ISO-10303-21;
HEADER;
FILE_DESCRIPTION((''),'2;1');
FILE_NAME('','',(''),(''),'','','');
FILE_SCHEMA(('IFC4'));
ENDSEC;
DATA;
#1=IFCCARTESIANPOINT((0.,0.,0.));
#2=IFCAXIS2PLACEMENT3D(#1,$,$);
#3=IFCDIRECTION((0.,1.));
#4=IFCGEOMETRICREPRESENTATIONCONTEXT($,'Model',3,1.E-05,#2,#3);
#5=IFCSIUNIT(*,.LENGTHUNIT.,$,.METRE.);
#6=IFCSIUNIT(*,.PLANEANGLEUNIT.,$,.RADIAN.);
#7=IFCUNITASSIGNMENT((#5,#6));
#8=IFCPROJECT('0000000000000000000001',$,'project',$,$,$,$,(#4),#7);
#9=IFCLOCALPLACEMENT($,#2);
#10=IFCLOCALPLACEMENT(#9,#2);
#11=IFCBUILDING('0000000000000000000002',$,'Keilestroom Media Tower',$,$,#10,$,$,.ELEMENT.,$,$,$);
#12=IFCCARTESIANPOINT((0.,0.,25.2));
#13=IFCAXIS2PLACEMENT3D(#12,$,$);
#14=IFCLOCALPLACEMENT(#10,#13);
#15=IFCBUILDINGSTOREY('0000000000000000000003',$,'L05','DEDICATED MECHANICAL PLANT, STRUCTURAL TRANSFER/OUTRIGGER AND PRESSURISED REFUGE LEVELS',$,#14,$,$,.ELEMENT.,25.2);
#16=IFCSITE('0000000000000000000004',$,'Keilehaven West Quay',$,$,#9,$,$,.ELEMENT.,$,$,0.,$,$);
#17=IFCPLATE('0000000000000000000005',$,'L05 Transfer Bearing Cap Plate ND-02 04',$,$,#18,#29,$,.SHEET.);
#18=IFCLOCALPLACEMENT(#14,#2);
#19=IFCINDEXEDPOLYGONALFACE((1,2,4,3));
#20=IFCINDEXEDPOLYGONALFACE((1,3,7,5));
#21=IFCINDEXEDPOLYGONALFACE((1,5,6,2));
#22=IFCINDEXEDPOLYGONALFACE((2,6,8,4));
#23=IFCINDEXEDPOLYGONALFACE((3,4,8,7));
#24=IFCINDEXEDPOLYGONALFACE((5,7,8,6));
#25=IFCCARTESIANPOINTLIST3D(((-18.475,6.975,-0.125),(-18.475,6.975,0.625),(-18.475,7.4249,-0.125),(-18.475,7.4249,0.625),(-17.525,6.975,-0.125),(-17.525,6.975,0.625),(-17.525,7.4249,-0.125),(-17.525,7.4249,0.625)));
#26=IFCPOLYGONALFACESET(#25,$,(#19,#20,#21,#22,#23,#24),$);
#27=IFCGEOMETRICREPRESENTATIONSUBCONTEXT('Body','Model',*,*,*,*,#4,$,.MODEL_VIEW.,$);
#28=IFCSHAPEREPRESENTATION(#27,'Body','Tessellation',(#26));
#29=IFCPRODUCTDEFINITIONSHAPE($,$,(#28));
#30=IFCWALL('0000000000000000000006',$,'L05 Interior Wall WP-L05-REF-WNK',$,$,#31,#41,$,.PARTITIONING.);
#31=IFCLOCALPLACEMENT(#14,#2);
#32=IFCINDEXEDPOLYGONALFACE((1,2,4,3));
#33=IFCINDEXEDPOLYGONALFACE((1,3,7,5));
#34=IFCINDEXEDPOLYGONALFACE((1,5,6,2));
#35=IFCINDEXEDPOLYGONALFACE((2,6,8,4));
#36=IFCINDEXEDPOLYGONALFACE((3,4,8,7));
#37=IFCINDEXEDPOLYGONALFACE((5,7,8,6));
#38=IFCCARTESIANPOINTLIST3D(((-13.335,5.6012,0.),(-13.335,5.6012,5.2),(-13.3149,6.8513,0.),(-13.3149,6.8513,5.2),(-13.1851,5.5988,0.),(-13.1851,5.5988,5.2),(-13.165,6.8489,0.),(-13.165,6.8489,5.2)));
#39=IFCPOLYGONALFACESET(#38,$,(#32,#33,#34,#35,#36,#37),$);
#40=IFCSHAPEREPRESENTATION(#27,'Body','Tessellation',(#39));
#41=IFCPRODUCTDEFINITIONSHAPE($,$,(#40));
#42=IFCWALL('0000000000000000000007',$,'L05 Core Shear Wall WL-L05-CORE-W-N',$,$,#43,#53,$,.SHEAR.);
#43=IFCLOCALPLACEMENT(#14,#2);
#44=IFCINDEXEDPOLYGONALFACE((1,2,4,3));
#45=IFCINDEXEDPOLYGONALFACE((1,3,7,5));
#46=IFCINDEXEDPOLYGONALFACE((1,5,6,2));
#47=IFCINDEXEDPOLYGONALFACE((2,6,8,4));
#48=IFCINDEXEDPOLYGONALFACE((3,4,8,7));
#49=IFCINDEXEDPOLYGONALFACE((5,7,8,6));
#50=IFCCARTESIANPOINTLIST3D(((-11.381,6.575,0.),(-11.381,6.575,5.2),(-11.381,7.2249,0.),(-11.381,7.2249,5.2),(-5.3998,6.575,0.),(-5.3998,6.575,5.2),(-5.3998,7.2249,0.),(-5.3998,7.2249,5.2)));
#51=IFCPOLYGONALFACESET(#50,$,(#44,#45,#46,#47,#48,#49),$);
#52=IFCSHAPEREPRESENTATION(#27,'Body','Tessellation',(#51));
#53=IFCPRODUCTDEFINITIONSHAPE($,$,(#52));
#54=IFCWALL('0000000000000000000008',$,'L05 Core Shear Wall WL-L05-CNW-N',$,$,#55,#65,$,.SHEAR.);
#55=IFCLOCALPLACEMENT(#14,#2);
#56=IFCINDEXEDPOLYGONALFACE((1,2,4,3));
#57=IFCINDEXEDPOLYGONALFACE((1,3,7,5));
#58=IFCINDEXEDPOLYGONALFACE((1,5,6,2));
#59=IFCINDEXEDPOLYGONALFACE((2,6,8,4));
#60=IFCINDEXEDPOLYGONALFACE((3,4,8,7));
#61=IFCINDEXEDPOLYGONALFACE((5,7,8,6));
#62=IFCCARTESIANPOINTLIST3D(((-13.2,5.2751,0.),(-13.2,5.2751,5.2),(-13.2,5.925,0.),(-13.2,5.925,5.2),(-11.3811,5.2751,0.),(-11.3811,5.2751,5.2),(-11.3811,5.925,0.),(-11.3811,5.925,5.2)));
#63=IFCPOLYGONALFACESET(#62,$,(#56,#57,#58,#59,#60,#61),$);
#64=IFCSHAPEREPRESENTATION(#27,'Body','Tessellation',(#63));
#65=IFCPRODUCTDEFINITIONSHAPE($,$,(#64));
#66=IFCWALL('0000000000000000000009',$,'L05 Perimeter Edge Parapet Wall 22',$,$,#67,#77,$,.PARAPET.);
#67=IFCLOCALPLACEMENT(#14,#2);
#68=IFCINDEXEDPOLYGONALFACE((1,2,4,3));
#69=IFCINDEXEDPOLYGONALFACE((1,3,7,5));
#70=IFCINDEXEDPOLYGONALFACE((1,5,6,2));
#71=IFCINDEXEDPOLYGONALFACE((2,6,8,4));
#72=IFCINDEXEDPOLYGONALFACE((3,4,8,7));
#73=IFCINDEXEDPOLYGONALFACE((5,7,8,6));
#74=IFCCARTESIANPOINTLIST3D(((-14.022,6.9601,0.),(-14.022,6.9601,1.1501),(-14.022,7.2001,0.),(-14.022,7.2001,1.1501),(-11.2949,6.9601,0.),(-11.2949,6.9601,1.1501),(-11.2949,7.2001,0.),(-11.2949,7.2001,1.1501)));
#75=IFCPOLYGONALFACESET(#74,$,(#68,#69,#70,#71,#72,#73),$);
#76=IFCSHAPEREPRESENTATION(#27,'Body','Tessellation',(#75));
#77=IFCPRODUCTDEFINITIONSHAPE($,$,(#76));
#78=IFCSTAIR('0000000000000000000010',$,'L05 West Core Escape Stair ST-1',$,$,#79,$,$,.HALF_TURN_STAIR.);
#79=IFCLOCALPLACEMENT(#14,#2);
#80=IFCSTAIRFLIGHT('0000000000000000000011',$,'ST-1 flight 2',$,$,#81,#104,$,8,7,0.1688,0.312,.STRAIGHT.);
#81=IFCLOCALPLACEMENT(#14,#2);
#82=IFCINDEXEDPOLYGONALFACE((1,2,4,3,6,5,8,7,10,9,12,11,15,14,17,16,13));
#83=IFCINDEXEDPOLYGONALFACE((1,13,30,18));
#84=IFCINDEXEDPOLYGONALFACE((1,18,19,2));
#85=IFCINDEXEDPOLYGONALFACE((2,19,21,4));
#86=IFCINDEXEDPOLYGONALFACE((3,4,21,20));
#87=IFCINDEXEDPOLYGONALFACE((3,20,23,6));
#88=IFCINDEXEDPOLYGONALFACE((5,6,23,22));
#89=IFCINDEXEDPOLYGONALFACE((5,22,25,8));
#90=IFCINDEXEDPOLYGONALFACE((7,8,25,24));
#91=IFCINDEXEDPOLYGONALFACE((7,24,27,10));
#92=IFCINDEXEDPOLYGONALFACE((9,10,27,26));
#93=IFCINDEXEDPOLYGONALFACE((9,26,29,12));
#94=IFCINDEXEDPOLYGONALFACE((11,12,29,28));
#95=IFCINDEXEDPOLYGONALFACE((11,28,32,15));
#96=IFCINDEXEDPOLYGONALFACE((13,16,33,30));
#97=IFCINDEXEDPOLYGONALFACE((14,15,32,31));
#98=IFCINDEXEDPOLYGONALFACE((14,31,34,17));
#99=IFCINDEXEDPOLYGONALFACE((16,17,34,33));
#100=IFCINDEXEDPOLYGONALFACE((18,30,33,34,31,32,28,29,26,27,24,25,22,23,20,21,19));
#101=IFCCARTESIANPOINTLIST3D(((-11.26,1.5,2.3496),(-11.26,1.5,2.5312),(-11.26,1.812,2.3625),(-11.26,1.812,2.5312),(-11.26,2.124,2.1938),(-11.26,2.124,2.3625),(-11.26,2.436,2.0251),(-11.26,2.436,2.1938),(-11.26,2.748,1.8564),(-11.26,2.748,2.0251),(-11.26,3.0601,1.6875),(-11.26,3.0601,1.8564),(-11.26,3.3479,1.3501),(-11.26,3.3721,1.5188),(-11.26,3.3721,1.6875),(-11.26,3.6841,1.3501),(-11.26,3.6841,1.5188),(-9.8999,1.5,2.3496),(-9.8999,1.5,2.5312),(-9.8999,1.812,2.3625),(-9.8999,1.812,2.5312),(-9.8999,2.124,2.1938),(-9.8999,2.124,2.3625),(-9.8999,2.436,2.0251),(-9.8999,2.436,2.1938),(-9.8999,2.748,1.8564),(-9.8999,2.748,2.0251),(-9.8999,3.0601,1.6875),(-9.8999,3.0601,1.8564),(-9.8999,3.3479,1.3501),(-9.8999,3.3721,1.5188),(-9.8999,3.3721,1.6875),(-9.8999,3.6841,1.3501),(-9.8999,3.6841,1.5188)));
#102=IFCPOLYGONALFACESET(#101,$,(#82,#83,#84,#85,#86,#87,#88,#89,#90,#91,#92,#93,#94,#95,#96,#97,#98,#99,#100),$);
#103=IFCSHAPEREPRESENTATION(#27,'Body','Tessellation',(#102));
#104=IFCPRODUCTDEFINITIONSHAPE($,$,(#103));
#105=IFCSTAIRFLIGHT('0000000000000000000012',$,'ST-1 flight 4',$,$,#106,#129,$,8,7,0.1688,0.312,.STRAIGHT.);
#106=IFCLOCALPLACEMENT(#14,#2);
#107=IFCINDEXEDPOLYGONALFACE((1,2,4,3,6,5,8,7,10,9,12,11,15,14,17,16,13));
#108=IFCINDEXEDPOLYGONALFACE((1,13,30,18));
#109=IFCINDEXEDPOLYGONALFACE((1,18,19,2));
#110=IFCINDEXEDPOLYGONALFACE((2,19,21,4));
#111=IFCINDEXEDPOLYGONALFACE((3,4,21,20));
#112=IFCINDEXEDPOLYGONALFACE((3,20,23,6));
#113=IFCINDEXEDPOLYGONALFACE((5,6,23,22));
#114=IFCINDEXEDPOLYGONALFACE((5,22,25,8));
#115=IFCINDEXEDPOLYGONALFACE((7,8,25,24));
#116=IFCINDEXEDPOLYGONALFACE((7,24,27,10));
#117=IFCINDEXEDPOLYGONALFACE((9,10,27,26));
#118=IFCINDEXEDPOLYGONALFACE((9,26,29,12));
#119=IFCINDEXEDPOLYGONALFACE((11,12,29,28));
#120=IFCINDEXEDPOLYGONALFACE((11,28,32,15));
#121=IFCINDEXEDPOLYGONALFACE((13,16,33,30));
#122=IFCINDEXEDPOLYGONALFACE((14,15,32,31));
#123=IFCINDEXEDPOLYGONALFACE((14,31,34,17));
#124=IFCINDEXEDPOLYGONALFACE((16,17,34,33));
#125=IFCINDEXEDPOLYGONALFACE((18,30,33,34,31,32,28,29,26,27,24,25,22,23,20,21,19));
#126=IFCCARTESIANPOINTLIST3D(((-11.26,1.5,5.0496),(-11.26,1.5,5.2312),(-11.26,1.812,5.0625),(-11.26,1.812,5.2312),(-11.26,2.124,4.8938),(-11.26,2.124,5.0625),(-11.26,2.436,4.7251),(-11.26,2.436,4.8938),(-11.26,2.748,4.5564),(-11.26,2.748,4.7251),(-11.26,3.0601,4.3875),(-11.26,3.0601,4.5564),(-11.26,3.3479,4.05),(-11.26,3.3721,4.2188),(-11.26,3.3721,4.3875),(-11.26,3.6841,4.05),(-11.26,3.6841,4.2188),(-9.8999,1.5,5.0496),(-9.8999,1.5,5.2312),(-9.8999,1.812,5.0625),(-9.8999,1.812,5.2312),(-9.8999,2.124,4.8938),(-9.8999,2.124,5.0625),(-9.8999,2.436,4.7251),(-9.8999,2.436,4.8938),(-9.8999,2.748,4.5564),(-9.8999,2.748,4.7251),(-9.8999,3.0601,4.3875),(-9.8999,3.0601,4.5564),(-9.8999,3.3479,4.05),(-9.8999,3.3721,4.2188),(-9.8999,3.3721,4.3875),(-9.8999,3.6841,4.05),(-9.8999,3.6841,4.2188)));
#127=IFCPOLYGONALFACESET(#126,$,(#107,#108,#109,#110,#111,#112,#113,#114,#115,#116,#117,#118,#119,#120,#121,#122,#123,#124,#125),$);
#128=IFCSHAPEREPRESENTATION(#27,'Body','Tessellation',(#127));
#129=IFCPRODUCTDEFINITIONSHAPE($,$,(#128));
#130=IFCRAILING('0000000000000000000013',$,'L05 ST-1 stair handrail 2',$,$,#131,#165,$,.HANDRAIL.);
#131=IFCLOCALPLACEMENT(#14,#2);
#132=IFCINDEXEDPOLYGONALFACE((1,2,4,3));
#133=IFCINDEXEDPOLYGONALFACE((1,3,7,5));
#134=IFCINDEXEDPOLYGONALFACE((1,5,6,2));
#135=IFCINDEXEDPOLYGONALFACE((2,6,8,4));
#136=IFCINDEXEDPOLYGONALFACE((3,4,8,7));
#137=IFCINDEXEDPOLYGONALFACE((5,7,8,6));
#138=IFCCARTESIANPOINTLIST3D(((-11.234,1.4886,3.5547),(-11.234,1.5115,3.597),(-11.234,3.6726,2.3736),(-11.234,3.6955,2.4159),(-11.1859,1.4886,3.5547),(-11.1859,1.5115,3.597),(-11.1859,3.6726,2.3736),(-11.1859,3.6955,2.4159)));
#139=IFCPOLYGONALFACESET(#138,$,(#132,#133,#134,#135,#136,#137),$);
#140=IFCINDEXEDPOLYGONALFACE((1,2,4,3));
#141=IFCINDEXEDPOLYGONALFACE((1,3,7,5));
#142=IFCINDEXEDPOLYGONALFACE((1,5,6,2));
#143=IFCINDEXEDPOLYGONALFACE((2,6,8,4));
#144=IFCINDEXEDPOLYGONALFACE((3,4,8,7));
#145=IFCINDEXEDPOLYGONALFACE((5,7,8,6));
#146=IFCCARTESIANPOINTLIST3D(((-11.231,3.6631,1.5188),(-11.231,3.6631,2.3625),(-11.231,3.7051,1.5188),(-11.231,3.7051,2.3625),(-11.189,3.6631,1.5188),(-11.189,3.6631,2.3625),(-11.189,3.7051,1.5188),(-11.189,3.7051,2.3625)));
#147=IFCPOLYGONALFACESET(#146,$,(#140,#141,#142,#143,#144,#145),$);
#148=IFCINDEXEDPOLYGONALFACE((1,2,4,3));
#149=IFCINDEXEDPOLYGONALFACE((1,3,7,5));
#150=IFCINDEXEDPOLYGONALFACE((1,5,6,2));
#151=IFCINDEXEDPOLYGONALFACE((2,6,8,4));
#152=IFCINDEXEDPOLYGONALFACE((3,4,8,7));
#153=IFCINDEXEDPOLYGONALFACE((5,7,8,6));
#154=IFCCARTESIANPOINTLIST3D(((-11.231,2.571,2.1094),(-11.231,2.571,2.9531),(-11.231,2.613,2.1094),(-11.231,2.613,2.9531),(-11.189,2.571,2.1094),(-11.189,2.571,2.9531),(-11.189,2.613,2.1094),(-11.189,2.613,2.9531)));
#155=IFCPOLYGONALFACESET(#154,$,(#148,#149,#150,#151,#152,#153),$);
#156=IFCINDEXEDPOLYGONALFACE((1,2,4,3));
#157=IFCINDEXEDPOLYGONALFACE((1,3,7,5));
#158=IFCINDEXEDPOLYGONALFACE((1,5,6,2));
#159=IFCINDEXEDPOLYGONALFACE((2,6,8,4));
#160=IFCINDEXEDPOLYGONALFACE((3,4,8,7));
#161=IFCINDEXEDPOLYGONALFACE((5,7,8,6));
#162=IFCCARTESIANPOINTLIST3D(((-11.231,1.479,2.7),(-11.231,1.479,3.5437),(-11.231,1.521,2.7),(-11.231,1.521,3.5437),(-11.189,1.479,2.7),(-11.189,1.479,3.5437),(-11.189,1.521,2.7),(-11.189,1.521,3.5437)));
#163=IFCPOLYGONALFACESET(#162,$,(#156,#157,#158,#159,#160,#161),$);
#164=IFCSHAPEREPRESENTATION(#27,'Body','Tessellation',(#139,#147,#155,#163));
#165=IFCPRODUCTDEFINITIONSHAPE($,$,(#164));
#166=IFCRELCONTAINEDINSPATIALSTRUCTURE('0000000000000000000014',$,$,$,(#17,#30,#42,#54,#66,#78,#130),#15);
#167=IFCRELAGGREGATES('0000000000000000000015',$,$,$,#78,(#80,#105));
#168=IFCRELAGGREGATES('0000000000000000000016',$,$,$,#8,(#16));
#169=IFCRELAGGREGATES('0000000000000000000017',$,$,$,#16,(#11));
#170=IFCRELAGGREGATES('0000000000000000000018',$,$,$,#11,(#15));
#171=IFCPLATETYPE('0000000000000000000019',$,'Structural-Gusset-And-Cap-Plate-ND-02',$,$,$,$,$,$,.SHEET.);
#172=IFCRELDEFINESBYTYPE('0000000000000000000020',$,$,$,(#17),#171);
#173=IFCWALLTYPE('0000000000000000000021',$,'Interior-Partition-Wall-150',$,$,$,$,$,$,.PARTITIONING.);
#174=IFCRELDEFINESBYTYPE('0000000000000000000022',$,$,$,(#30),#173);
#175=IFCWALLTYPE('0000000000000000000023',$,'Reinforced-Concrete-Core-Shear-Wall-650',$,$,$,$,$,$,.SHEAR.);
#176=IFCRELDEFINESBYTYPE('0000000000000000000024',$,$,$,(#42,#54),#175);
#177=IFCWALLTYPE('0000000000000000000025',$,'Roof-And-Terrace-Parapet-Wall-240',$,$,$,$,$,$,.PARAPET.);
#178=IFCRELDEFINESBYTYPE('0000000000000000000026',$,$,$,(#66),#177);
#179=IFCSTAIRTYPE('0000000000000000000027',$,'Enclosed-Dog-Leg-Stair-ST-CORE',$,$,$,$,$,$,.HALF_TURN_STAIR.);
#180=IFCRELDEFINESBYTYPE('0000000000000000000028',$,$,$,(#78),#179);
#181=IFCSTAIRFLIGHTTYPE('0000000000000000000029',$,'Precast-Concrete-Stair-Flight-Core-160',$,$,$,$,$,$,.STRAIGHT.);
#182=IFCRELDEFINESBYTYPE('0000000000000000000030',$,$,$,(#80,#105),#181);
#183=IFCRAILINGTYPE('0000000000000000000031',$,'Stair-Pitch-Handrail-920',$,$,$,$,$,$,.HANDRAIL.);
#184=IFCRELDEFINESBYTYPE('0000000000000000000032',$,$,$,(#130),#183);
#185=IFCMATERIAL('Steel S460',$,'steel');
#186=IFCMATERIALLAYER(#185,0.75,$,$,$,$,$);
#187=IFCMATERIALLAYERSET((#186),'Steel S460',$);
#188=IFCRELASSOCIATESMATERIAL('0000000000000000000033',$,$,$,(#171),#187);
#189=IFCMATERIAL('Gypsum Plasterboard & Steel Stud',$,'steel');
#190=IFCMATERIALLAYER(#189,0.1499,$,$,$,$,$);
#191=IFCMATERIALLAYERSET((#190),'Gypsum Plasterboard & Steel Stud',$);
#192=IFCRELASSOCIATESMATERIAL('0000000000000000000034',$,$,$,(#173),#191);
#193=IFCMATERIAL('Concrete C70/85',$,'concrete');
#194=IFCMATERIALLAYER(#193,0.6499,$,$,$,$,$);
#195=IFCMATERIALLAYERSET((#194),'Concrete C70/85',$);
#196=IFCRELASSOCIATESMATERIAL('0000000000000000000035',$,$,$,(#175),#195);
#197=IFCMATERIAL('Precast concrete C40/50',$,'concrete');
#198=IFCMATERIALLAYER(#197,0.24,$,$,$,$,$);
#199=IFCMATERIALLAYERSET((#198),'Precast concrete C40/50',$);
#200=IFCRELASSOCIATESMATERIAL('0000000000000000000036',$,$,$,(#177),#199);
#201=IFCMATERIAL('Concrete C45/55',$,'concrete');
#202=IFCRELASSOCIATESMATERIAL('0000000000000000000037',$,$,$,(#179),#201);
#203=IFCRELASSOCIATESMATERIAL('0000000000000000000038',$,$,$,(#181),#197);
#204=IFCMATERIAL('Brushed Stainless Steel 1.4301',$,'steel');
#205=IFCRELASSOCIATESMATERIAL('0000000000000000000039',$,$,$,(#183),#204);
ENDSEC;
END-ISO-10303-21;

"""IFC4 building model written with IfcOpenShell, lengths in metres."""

from ifc_helpers import new_model, si_unit, direction, frame, frame_2d, origin, origin_2d, place, context, subcontext, project, spatial, polyline, rectangle, outline, extrude, source, transform, mapped, material, layer, layer_set, type_object, element, aggregate, save


model = new_model("IFC4")

# Units and contexts
model_context = context("Model", 3, precision=1e-05, world=origin(), true_north=direction((0.0, 1.0)))
body_context = subcontext(model_context, "Body", "Model", "MODEL_VIEW")
ifc_project = project(units=[si_unit("LENGTHUNIT", "METRE"), si_unit("PLANEANGLEUNIT", "RADIAN")], contexts=[model_context])

# Site, building, storey
site_placement = place(None, origin())
site = spatial("IfcSite", under=ifc_project, at=site_placement, Name="Keilehaven West Quay", CompositionType="ELEMENT", RefElevation=0.0)
building_placement = place(site_placement, origin())
building = spatial("IfcBuilding", under=site, at=building_placement, Name="Keilestroom Media Tower", CompositionType="ELEMENT")
storey_placement = place(building_placement, frame((0.0, 0.0, 25.2)))
storey = spatial("IfcBuildingStorey", under=building, at=storey_placement, Name="L05", Description="DEDICATED MECHANICAL PLANT, STRUCTURAL TRANSFER/OUTRIGGER AND PRESSURISED REFUGE LEVELS", CompositionType="ELEMENT", Elevation=25.2)

# Shared definitions
ifc_material_1 = material(Name="Precast concrete C40/50", Category="concrete")
ifc_material_2 = material(Name="Concrete C70/85", Category="concrete")

# Shared definitions
ifc_material_3 = material(Name="Steel S460", Category="steel")

# Plate
ifc_layer_1 = layer(ifc_material_3, 0.75)
ifc_layer_set_1 = layer_set([ifc_layer_1], Name="Steel S460")
plate_type_1 = type_object("IfcPlateType", Name="Structural-Gusset-And-Cap-Plate-ND-02", PredefinedType="SHEET", material=ifc_layer_set_1)
shared_shape_1 = source(origin(), body_context, "Body", "SweptSolid", [
    extrude(rectangle(XDim=0.95, YDim=0.45, at=origin_2d()), origin(), (0.0, 0.0, 1.0), 0.75),
])
for number, where, z_axis, x_axis, name in (
    (1, (-18.0, 7.2, -0.125), (0.0, 0.0, 1.0), (1.0, 0.0, 0.0), "L05 Transfer Bearing Cap Plate ND-02 04"),
):
    element("IfcPlate", number, at=place(storey_placement, frame(where, z_axis=z_axis, x_axis=x_axis)), inside=storey, type_object=plate_type_1, Name=name, PredefinedType="SHEET", context=body_context, shape_type="MappedRepresentation", body=[
        mapped(shared_shape_1, transform((0.0, 0.0, 0.0), x_axis=(1.0, 0.0, 0.0), y_axis=(0.0, 1.0, 0.0), z_axis=(0.0, 0.0, 1.0), scale=1.0)),
    ])

# Walls
ifc_material_4 = material(Name="Gypsum Plasterboard & Steel Stud", Category="steel")
ifc_layer_2 = layer(ifc_material_4, 0.1499)
ifc_layer_set_2 = layer_set([ifc_layer_2], Name="Gypsum Plasterboard & Steel Stud")
wall_type_1 = type_object("IfcWallType", Name="Interior-Partition-Wall-150", PredefinedType="PARTITIONING", material=ifc_layer_set_2)
wall_1_placement = place(storey_placement, frame((-13.26, 5.6001, 0.0), z_axis=(0.0, 0.0, 1.0), x_axis=(0.016014, 0.999872, 0.0)))
element("IfcWall", 2, at=wall_1_placement, inside=storey, type_object=wall_type_1, Name="L05 Interior Wall WP-L05-REF-WNK", PredefinedType="PARTITIONING", context=body_context, shape_type="SweptSolid", body=[
    extrude(rectangle(XDim=1.2502, YDim=0.1499, at=frame_2d((0.625, 0.0))), origin(), (0.0, 0.0, 1.0), 5.2),
])
ifc_layer_3 = layer(ifc_material_2, 0.6499)
ifc_layer_set_3 = layer_set([ifc_layer_3], Name="Concrete C70/85")
wall_type_2 = type_object("IfcWallType", Name="Reinforced-Concrete-Core-Shear-Wall-650", PredefinedType="SHEAR", material=ifc_layer_set_3)
wall_2_placement = place(storey_placement, frame((-11.3811, 6.8999, 0.0), z_axis=(0.0, 0.0, 1.0), x_axis=(1.0, 0.0, 0.0)))
element("IfcWall", 3, at=wall_2_placement, inside=storey, type_object=wall_type_2, Name="L05 Core Shear Wall WL-L05-CORE-W-N", PredefinedType="SHEAR", context=body_context, shape_type="SweptSolid", body=[
    extrude(rectangle(XDim=5.9812, YDim=0.6499, at=frame_2d((2.9907, 0.0))), origin(), (0.0, 0.0, 1.0), 5.2),
])
wall_3_placement = place(storey_placement, frame((-13.2, 5.6001, 0.0), z_axis=(0.0, 0.0, 1.0), x_axis=(1.0, 0.0, 0.0)))
element("IfcWall", 4, at=wall_3_placement, inside=storey, type_object=wall_type_2, Name="L05 Core Shear Wall WL-L05-CNW-N", PredefinedType="SHEAR", context=body_context, shape_type="SweptSolid", body=[
    extrude(rectangle(XDim=1.8188, YDim=0.6499, at=frame_2d((0.9094, 0.0))), origin(), (0.0, 0.0, 1.0), 5.2),
])
ifc_layer_4 = layer(ifc_material_1, 0.24)
ifc_layer_set_4 = layer_set([ifc_layer_4], Name="Precast concrete C40/50")
wall_type_3 = type_object("IfcWallType", Name="Roof-And-Terrace-Parapet-Wall-240", PredefinedType="PARAPET", material=ifc_layer_set_4)
wall_4_placement = place(storey_placement, frame((-14.022, 7.0801, 0.0), z_axis=(0.0, 0.0, 1.0), x_axis=(1.0, 0.0, 0.0)))
element("IfcWall", 5, at=wall_4_placement, inside=storey, type_object=wall_type_3, Name="L05 Perimeter Edge Parapet Wall 22", PredefinedType="PARAPET", context=body_context, shape_type="SweptSolid", body=[
    extrude(rectangle(XDim=2.7271, YDim=0.24, at=frame_2d((1.3635, 0.0))), origin(), (0.0, 0.0, 1.0), 1.1501),
])

# Stair, stair flights
ifc_material_5 = material(Name="Concrete C45/55", Category="concrete")
stair_type = type_object("IfcStairType", Name="Enclosed-Dog-Leg-Stair-ST-CORE", PredefinedType="HALF_TURN_STAIR", material=ifc_material_5)
stair_placement = place(storey_placement, origin())
stair = element("IfcStair", 6, at=stair_placement, inside=storey, type_object=stair_type, Name="L05 West Core Escape Stair ST-1", PredefinedType="HALF_TURN_STAIR")
stair_flight_type = type_object("IfcStairFlightType", Name="Precast-Concrete-Stair-Flight-Core-160", PredefinedType="STRAIGHT", material=ifc_material_1)
stair_flight_1_placement = place(storey_placement, frame((-10.5801, 3.6841, 1.3501), z_axis=(0.0, 0.0, 1.0), x_axis=(0.0, -1.0, 0.0)))
stair_flight_1 = element("IfcStairFlight", 7, at=stair_flight_1_placement, type_object=stair_flight_type, Name="ST-1 flight 2", NumberOfRisers=8, NumberOfTreads=7, PredefinedType="STRAIGHT", RiserHeight=0.1688, TreadLength=0.312, context=body_context, shape_type="SweptSolid", body=[
    extrude(outline(polyline([(0.0, 0.0), (0.0, 0.1687), (0.312, 0.1687), (0.312, 0.3374), (0.624, 0.3374), (0.624, 0.5063), (0.936, 0.5063), (0.936, 0.675), (1.248, 0.675), (1.248, 0.8438), (1.5601, 0.8438), (1.5601, 1.0125), (1.8721, 1.0125), (1.8721, 1.1812), (2.1841, 1.1812), (2.1841, 1.3501), (2.1841, 0.9995), (0.3362, 0.0), (0.0, 0.0)])), frame((0.0, 0.6802, 0.0), z_axis=(0.0, -1.0, 0.0), x_axis=(1.0, 0.0, 0.0)), (0.0, 0.0, 1.0), 1.3601),
])
stair_flight_2_placement = place(storey_placement, frame((-10.5801, 3.6841, 4.05), z_axis=(0.0, 0.0, 1.0), x_axis=(0.0, -1.0, 0.0)))
stair_flight_2 = element("IfcStairFlight", 8, at=stair_flight_2_placement, type_object=stair_flight_type, Name="ST-1 flight 4", NumberOfRisers=8, NumberOfTreads=7, PredefinedType="STRAIGHT", RiserHeight=0.1688, TreadLength=0.312, context=body_context, shape_type="SweptSolid", body=[
    extrude(outline(polyline([(0.0, 0.0), (0.0, 0.1687), (0.312, 0.1687), (0.312, 0.3374), (0.624, 0.3374), (0.624, 0.5063), (0.936, 0.5063), (0.936, 0.675), (1.248, 0.675), (1.248, 0.8438), (1.5601, 0.8438), (1.5601, 1.0125), (1.8721, 1.0125), (1.8721, 1.1812), (2.1841, 1.1812), (2.1841, 1.3501), (2.1841, 0.9995), (0.3362, 0.0), (0.0, 0.0)])), frame((0.0, 0.6802, 0.0), z_axis=(0.0, -1.0, 0.0), x_axis=(1.0, 0.0, 0.0)), (0.0, 0.0, 1.0), 1.3601),
])
aggregate(stair, [stair_flight_1, stair_flight_2])

# Railing
ifc_material_6 = material(Name="Brushed Stainless Steel 1.4301", Category="steel")
railing_type_1 = type_object("IfcRailingType", Name="Stair-Pitch-Handrail-920", PredefinedType="HANDRAIL", material=ifc_material_6)
railing_1_placement = place(storey_placement, frame((-11.21, 3.6841, 1.5188)))
element("IfcRailing", 9, at=railing_1_placement, inside=storey, type_object=railing_type_1, Name="L05 ST-1 stair handrail 2", PredefinedType="HANDRAIL", context=body_context, shape_type="SweptSolid", body=[
    extrude(rectangle(XDim=0.0481, YDim=0.0481, at=origin_2d()), frame((0.0, 0.0, 0.876), z_axis=(0.0, -0.879611, 0.475694), x_axis=(1.0, 0.0, 0.0)), (0.0, 0.0, 1.0), 2.4829),
    extrude(rectangle(XDim=0.042, YDim=0.042, at=origin_2d()), origin(), (0.0, 0.0, 1.0), 0.8438),
    extrude(rectangle(XDim=0.042, YDim=0.042, at=origin_2d()), frame((0.0, -1.092, 0.5906)), (0.0, 0.0, 1.0), 0.8438),
    extrude(rectangle(XDim=0.042, YDim=0.042, at=origin_2d()), frame((0.0, -2.1841, 1.1812)), (0.0, 0.0, 1.0), 0.8438),
])

save(model, "model.ifc")
